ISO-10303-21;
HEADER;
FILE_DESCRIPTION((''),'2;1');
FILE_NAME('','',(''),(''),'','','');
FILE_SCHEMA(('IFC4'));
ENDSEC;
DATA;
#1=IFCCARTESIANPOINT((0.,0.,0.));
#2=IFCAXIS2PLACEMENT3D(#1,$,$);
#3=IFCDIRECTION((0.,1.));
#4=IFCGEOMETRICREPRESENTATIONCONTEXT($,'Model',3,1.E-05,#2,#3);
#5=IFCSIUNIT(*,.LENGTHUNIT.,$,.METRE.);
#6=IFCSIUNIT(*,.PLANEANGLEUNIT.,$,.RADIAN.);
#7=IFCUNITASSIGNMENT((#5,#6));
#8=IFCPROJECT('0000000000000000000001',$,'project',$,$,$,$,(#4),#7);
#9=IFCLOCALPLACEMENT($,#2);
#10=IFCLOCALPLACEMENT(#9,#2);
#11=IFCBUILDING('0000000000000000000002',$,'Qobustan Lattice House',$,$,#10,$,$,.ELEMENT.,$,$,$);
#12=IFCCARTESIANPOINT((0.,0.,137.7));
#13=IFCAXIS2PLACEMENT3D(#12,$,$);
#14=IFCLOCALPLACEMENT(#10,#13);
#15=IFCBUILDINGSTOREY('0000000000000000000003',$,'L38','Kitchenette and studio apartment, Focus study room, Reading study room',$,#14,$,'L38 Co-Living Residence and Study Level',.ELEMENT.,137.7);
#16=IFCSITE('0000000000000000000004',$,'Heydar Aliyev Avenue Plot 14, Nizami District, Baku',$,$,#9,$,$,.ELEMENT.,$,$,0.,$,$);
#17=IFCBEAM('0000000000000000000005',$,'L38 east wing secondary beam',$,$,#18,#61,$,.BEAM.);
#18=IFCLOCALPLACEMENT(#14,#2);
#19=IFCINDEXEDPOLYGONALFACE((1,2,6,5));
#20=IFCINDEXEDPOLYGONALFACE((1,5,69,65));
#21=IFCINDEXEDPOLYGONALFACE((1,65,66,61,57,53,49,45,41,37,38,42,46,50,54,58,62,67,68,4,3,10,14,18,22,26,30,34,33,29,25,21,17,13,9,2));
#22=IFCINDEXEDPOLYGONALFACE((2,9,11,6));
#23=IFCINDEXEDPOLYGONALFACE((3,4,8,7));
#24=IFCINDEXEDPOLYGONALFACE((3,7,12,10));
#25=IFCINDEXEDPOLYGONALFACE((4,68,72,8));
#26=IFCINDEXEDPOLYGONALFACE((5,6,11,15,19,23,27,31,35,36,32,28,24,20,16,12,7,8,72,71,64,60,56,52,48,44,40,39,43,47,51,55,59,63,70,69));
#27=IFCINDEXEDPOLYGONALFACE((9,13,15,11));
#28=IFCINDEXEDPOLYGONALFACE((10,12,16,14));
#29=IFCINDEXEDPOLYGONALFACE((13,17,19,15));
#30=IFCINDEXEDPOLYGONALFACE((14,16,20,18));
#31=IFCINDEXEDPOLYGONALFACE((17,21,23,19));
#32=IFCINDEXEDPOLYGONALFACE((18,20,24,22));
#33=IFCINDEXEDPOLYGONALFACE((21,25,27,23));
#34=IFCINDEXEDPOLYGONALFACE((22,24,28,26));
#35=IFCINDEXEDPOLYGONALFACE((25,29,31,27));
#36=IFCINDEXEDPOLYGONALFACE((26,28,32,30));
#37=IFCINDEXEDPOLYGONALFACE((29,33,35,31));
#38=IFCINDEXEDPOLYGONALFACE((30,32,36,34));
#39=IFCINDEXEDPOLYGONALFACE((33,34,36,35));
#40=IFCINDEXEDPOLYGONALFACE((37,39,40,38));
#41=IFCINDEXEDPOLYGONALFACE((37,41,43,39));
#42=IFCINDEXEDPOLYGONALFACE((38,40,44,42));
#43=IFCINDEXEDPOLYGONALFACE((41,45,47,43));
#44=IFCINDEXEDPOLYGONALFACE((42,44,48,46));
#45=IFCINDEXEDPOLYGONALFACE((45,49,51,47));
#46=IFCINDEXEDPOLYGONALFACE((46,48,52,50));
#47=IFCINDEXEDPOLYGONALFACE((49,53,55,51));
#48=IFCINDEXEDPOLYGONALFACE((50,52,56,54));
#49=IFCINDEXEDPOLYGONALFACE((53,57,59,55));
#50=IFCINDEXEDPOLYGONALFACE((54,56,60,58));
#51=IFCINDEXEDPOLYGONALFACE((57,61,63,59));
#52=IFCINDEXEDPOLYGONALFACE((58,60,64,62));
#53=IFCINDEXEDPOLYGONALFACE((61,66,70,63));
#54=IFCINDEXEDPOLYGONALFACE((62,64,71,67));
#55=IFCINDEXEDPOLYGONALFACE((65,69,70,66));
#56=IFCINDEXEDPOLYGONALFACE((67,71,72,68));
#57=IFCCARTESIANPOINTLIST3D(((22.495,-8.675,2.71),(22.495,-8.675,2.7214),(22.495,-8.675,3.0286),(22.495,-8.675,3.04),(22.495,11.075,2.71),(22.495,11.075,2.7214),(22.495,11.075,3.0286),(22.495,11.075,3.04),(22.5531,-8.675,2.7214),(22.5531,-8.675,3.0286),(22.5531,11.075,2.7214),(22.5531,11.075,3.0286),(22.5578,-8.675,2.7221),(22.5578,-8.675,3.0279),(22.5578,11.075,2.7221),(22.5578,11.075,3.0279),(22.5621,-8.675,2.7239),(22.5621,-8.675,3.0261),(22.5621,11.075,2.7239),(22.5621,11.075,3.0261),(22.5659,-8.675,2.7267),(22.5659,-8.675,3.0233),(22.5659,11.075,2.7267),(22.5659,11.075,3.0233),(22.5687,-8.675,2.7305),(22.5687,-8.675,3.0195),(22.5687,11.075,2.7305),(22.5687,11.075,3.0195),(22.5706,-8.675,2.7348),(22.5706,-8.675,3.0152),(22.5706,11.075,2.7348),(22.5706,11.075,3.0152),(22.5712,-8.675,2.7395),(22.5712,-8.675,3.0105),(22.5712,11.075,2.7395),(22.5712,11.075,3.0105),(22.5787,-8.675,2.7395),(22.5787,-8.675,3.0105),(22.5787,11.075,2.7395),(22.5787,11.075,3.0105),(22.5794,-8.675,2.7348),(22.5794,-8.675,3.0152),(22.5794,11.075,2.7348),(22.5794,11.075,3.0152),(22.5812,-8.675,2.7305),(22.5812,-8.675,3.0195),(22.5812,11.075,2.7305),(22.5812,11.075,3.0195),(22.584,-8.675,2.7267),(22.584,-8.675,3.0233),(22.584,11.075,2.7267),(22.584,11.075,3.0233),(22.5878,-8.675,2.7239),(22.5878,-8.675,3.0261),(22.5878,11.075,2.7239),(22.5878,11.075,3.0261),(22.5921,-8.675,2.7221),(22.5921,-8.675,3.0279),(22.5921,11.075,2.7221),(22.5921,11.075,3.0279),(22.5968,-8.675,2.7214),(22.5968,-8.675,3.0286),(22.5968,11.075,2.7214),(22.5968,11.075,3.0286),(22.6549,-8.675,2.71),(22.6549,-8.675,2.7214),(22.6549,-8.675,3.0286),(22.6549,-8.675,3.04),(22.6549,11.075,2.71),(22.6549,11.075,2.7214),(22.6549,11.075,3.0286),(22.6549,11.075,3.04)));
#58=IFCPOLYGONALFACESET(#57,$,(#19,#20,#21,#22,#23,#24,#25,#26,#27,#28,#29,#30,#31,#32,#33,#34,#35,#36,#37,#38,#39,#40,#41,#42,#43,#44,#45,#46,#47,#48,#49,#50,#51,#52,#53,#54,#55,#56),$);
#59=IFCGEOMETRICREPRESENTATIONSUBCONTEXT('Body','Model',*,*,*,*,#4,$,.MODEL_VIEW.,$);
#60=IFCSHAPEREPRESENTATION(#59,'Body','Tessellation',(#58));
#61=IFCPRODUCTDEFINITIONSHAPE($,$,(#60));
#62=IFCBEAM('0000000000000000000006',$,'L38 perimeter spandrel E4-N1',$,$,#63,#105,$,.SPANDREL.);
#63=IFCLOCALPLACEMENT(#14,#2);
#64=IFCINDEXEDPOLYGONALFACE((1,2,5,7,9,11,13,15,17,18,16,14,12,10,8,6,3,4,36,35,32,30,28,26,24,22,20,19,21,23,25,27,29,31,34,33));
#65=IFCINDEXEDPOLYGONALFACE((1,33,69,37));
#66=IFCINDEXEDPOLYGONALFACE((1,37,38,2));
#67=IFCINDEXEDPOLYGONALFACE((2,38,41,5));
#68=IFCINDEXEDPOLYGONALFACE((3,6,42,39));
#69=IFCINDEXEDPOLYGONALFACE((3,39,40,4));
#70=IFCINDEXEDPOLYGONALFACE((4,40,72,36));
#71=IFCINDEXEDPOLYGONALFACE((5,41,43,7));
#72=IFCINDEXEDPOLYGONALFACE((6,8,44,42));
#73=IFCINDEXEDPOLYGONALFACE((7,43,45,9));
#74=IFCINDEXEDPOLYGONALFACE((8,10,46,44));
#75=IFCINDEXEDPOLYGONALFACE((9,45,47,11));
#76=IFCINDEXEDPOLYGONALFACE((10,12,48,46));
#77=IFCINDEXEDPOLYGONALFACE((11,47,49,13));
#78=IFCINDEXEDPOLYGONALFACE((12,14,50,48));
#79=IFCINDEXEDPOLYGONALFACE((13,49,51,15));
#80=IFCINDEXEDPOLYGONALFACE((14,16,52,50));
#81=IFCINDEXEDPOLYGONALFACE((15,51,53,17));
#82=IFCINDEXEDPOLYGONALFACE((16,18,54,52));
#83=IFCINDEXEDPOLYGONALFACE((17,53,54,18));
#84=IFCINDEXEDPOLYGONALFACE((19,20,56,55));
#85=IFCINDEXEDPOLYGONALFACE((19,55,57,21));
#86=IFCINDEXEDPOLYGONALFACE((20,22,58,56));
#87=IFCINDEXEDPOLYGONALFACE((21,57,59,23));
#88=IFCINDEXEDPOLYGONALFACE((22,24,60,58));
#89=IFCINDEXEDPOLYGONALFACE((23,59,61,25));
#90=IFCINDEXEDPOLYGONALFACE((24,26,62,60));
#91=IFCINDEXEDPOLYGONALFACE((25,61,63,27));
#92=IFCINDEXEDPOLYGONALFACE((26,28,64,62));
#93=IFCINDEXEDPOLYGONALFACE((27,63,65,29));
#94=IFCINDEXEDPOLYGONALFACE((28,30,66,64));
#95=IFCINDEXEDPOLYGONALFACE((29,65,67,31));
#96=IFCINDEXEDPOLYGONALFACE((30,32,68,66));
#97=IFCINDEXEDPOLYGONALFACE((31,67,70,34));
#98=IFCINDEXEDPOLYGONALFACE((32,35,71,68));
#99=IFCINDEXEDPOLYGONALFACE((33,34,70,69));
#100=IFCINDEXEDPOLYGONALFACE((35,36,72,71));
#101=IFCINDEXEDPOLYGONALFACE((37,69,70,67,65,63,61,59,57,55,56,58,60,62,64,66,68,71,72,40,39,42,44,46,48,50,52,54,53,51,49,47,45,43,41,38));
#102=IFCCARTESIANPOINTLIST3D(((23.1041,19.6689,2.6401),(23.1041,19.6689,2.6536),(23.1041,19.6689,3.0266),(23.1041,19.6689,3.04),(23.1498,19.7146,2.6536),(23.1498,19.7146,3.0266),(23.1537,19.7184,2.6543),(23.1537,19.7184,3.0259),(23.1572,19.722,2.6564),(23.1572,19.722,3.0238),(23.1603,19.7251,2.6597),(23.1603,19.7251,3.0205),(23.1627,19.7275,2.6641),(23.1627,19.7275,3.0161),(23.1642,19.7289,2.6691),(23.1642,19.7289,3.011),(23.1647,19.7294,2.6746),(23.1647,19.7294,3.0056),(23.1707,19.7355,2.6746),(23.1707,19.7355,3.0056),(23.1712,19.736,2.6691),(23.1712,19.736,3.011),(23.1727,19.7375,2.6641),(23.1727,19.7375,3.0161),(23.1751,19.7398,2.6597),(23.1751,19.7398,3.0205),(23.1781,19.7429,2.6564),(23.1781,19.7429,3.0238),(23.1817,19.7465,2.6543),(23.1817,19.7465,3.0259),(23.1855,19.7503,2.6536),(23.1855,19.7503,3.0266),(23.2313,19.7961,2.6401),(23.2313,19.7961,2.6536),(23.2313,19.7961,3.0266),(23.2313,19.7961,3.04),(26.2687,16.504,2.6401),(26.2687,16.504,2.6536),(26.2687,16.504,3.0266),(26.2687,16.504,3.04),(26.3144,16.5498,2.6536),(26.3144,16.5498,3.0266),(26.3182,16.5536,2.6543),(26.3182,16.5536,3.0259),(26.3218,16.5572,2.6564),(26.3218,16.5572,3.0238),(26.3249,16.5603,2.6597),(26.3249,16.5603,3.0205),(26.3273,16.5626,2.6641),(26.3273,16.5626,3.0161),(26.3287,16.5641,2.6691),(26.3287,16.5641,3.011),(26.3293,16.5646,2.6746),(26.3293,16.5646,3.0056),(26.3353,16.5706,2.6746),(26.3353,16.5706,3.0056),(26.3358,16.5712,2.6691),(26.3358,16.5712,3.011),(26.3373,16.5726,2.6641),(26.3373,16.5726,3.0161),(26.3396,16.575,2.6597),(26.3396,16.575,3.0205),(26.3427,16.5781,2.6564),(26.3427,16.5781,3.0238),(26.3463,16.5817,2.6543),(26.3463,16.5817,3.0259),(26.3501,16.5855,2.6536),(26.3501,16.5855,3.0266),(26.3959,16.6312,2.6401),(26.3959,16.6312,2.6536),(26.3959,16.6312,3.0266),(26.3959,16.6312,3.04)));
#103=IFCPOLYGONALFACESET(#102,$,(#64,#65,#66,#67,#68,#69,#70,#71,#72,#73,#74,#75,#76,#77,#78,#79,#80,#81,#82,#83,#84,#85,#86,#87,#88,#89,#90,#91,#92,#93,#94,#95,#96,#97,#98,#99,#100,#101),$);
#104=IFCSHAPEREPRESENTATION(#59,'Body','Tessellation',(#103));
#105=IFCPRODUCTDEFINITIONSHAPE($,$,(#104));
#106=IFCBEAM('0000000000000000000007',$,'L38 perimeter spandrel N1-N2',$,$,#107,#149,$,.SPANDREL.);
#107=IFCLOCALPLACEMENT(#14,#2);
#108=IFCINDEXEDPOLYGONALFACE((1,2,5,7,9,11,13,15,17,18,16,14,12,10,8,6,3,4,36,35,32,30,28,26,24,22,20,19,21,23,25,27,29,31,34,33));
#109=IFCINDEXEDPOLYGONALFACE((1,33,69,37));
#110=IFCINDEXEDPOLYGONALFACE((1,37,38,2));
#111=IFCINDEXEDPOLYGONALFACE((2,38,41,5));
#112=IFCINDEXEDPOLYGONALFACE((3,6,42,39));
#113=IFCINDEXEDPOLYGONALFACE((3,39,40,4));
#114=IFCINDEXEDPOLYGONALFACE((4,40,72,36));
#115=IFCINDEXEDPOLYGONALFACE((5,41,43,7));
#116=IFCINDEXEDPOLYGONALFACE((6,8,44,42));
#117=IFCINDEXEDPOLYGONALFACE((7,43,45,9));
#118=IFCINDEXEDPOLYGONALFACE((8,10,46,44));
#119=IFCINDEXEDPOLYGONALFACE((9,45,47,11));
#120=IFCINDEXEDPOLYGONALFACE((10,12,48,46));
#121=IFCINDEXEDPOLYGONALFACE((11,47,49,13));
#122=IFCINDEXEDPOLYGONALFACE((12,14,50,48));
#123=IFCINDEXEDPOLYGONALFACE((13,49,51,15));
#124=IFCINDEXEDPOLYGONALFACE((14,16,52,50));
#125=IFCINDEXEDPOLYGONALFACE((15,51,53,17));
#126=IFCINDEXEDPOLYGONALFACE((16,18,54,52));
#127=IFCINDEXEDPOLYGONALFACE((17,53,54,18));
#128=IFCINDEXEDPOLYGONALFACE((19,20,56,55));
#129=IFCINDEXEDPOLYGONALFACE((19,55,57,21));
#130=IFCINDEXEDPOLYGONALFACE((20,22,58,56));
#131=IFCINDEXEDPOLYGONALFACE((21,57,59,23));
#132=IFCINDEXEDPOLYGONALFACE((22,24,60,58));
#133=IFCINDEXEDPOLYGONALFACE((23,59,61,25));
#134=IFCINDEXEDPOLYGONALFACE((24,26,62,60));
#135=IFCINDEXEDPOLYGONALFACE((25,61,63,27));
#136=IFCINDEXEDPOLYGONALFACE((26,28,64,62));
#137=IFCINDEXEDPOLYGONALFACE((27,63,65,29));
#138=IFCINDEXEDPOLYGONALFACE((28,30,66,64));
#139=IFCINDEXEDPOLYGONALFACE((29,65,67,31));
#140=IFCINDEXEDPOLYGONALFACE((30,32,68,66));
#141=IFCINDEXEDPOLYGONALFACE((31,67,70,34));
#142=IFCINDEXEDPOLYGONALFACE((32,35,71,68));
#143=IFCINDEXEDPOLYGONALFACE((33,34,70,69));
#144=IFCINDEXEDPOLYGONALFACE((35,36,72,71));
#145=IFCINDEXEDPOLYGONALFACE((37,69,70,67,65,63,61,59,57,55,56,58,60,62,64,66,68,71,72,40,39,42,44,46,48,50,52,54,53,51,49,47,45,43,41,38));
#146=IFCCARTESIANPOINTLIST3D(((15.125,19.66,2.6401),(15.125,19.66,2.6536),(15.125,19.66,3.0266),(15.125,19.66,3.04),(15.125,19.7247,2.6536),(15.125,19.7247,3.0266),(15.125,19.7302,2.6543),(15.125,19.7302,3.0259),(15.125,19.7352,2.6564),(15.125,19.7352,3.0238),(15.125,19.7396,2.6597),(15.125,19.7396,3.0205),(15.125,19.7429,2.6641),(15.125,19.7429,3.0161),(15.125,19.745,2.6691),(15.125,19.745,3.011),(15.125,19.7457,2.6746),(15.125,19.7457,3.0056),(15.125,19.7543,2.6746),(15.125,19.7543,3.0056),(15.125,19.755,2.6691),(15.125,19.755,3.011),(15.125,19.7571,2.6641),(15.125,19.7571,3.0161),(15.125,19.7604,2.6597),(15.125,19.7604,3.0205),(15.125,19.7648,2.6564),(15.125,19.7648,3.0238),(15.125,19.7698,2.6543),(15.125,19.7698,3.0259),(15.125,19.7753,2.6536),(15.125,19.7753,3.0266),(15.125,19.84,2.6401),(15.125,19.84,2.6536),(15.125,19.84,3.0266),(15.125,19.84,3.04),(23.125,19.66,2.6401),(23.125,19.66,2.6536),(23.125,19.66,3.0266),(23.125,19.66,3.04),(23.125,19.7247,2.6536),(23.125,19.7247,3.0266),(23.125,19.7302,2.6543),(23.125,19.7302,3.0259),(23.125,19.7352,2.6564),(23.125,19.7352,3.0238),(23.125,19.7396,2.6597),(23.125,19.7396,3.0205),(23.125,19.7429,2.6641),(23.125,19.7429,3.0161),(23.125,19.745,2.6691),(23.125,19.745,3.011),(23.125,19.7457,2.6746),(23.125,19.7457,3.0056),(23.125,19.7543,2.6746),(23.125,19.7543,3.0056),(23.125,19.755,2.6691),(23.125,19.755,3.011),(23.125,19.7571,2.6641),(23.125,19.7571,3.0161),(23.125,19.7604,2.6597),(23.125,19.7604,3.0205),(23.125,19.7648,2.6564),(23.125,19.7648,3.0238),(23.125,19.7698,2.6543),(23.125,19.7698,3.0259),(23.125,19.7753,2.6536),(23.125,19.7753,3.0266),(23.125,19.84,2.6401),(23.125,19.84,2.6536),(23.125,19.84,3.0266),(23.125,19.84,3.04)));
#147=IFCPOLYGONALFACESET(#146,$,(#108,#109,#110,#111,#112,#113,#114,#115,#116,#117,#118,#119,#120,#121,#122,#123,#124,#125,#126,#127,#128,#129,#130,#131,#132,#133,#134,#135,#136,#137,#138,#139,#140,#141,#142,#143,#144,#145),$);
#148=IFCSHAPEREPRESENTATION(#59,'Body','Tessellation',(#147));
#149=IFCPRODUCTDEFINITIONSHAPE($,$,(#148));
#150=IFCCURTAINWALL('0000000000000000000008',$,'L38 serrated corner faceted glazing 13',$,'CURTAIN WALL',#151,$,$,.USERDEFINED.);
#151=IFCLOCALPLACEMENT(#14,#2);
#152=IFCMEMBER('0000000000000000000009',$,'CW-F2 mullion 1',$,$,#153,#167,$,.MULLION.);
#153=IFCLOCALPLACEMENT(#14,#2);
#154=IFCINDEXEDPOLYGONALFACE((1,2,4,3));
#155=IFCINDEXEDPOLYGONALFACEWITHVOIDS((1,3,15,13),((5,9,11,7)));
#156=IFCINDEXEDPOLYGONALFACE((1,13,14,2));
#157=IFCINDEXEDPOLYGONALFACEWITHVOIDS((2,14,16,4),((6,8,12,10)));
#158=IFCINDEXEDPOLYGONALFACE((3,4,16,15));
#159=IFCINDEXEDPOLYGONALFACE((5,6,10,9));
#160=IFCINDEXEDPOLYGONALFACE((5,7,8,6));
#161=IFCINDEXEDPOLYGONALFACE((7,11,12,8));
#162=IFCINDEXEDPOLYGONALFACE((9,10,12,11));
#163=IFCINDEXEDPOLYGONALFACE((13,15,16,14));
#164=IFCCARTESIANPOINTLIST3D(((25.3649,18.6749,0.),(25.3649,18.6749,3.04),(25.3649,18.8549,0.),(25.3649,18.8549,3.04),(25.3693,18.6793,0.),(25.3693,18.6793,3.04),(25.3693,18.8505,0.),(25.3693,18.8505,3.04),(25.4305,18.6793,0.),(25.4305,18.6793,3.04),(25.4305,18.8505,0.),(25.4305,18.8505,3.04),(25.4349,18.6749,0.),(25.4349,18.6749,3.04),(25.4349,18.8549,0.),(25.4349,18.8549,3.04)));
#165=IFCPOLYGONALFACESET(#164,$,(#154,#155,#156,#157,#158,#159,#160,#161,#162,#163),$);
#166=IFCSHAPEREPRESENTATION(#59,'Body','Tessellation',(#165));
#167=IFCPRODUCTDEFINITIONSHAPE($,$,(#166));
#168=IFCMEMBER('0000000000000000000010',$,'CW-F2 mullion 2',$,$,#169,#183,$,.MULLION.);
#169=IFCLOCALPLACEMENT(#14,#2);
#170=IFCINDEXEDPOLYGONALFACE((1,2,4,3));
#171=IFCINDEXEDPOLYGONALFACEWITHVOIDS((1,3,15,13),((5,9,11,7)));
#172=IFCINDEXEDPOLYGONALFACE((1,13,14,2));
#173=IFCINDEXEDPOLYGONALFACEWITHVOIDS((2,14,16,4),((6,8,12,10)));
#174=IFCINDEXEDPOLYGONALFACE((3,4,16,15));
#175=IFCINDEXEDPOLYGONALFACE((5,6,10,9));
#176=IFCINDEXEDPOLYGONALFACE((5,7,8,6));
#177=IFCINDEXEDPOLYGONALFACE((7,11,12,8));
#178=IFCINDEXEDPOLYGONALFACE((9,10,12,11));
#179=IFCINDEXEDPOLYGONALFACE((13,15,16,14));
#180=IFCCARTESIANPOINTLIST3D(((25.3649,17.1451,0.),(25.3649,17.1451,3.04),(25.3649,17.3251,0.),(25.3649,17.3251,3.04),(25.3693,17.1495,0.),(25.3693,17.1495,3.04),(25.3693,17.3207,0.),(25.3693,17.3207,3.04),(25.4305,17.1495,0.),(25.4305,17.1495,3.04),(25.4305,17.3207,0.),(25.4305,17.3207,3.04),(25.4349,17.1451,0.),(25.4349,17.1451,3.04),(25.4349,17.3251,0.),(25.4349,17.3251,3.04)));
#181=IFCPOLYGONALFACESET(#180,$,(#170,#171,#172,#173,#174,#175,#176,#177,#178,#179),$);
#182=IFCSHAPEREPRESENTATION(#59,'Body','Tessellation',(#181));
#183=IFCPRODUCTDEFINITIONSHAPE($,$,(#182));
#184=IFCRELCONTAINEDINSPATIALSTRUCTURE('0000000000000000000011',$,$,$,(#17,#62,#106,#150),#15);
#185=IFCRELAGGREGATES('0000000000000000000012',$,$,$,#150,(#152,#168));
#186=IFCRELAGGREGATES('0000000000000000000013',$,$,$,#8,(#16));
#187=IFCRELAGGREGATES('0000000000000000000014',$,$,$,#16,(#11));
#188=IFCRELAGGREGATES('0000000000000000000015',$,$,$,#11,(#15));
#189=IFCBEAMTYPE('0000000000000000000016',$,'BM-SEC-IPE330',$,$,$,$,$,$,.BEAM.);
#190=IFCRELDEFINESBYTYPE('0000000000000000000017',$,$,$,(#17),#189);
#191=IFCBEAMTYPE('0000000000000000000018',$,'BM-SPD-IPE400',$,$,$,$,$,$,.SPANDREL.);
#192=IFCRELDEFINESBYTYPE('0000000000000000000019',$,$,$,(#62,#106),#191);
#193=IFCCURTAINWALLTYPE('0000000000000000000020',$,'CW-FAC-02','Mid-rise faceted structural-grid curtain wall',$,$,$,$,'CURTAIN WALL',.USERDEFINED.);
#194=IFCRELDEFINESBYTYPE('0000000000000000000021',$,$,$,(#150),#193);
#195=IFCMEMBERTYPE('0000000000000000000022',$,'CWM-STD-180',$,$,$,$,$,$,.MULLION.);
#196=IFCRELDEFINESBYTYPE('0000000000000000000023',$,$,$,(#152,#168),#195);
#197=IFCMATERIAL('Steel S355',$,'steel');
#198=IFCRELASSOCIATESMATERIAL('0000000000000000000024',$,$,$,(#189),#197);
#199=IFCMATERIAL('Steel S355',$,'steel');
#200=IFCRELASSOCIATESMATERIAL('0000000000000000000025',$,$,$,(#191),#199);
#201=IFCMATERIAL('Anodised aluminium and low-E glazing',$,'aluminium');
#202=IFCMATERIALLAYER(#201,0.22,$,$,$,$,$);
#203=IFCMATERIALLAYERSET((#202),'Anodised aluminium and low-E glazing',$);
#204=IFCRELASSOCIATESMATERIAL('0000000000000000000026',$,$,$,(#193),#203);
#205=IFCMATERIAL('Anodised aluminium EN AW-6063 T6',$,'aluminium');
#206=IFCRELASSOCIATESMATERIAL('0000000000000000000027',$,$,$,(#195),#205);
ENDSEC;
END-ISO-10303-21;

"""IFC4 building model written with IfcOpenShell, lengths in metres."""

from ifc_helpers import new_model, si_unit, direction, frame, origin, origin_2d, place, context, subcontext, project, spatial, hollow_rectangle, i_section, extrude, material, layer, layer_set, material_profile, profile_set, type_object, element, aggregate, save


model = new_model("IFC4")

# Units and contexts
model_context = context("Model", 3, precision=1e-05, world=origin(), true_north=direction((0.0, 1.0)))
body_context = subcontext(model_context, "Body", "Model", "MODEL_VIEW")
ifc_project = project(units=[si_unit("LENGTHUNIT", "METRE"), si_unit("PLANEANGLEUNIT", "RADIAN")], contexts=[model_context])

# Site, building, storey
site_placement = place(None, origin())
site = spatial("IfcSite", under=ifc_project, at=site_placement, Name="Heydar Aliyev Avenue Plot 14, Nizami District, Baku", CompositionType="ELEMENT", RefElevation=0.0)
building_placement = place(site_placement, origin())
building = spatial("IfcBuilding", under=site, at=building_placement, Name="Qobustan Lattice House", CompositionType="ELEMENT")
storey_placement = place(building_placement, frame((0.0, 0.0, 137.7)))
storey = spatial("IfcBuildingStorey", under=building, at=storey_placement, Name="L38", Description="Kitchenette and studio apartment, Focus study room, Reading study room", LongName="L38 Co-Living Residence and Study Level", CompositionType="ELEMENT", Elevation=137.7)

# Beams
ifc_material_1 = material(Name="Steel S355", Category="steel")
ifc_material_profile_1 = material_profile(ifc_material_1, i_section(OverallWidth=0.1599, OverallDepth=0.3301, WebThickness=0.0076, FlangeThickness=0.0115, FilletRadius=0.0181, at=origin_2d()), Name="IPE330")
ifc_profile_set_1 = profile_set([ifc_material_profile_1], Name="Steel S355")
beam_type_1 = type_object("IfcBeamType", Name="BM-SEC-IPE330", PredefinedType="BEAM", material=ifc_profile_set_1)
beam_1_placement = place(storey_placement, frame((22.575, 11.075, 2.875), z_axis=(0.0, -1.0, 0.0), x_axis=(1.0, 0.0, 0.0)))
element("IfcBeam", 1, at=beam_1_placement, inside=storey, type_object=beam_type_1, Name="L38 east wing secondary beam", PredefinedType="BEAM", context=body_context, shape_type="SweptSolid", body=[
    extrude(i_section(OverallWidth=0.1599, OverallDepth=0.3301, WebThickness=0.0076, FlangeThickness=0.0115, FilletRadius=0.0181, at=origin_2d()), origin(), (0.0, 0.0, 1.0), 19.75),
])
ifc_material_2 = material(Name="Steel S355", Category="steel")
ifc_material_profile_2 = material_profile(ifc_material_2, i_section(OverallWidth=0.1799, OverallDepth=0.3999, WebThickness=0.0085, FlangeThickness=0.0134, FilletRadius=0.021, at=origin_2d()), Name="IPE400")
ifc_profile_set_2 = profile_set([ifc_material_profile_2], Name="Steel S355")
beam_type_2 = type_object("IfcBeamType", Name="BM-SPD-IPE400", PredefinedType="SPANDREL", material=ifc_profile_set_2)
beam_2_placement = place(storey_placement, frame((26.3323, 16.5676, 2.8401), z_axis=(-0.70708, 0.707134, 0.0), x_axis=(-0.707134, -0.70708, 0.0)))
element("IfcBeam", 2, at=beam_2_placement, inside=storey, type_object=beam_type_2, Name="L38 perimeter spandrel E4-N1", PredefinedType="SPANDREL", context=body_context, shape_type="SweptSolid", body=[
    extrude(i_section(OverallWidth=0.1799, OverallDepth=0.3999, WebThickness=0.0085, FlangeThickness=0.0134, FilletRadius=0.021, at=origin_2d()), origin(), (0.0, 0.0, 1.0), 4.4756),
])
beam_3_placement = place(storey_placement, frame((23.125, 19.75, 2.8401), z_axis=(-1.0, 0.0, 0.0), x_axis=(0.0, -1.0, 0.0)))
element("IfcBeam", 3, at=beam_3_placement, inside=storey, type_object=beam_type_2, Name="L38 perimeter spandrel N1-N2", PredefinedType="SPANDREL", context=body_context, shape_type="SweptSolid", body=[
    extrude(i_section(OverallWidth=0.1799, OverallDepth=0.3999, WebThickness=0.0085, FlangeThickness=0.0134, FilletRadius=0.021, at=origin_2d()), origin(), (0.0, 0.0, 1.0), 8.0),
])

# Curtain wall, members
ifc_material_3 = material(Name="Anodised aluminium and low-E glazing", Category="aluminium")
ifc_layer_1 = layer(ifc_material_3, 0.22)
ifc_layer_set_1 = layer_set([ifc_layer_1], Name="Anodised aluminium and low-E glazing")
curtain_wall_type = type_object("IfcCurtainWallType", Name="CW-FAC-02", Description="Mid-rise faceted structural-grid curtain wall", ElementType="CURTAIN WALL", PredefinedType="USERDEFINED", material=ifc_layer_set_1)
curtain_wall_placement = place(storey_placement, origin())
curtain_wall = element("IfcCurtainWall", 4, at=curtain_wall_placement, inside=storey, type_object=curtain_wall_type, Name="L38 serrated corner faceted glazing 13", ObjectType="CURTAIN WALL", PredefinedType="USERDEFINED")
ifc_material_4 = material(Name="Anodised aluminium EN AW-6063 T6", Category="aluminium")
ifc_material_profile_3 = material_profile(ifc_material_4, hollow_rectangle(XDim=0.0701, YDim=0.1799, WallThickness=0.0044, at=origin_2d()), Name="CWM-180x70")
ifc_profile_set_3 = profile_set([ifc_material_profile_3], Name="Anodised aluminium EN AW-6063 T6")
member_type_1 = type_object("IfcMemberType", Name="CWM-STD-180", PredefinedType="MULLION", material=ifc_profile_set_3)
member_1_placement = place(storey_placement, frame((25.3999, 18.7649, 0.0), z_axis=(0.0, 0.0, 1.0), x_axis=(1.0, 0.0, 0.0)))
member_1 = element("IfcMember", 5, at=member_1_placement, type_object=member_type_1, Name="CW-F2 mullion 1", PredefinedType="MULLION", context=body_context, shape_type="SweptSolid", body=[
    extrude(hollow_rectangle(XDim=0.0701, YDim=0.1799, WallThickness=0.0044, at=origin_2d()), origin(), (0.0, 0.0, 1.0), 3.04),
])
member_2_placement = place(storey_placement, frame((25.3999, 17.2351, 0.0), z_axis=(0.0, 0.0, 1.0), x_axis=(1.0, 0.0, 0.0)))
member_2 = element("IfcMember", 6, at=member_2_placement, type_object=member_type_1, Name="CW-F2 mullion 2", PredefinedType="MULLION", context=body_context, shape_type="SweptSolid", body=[
    extrude(hollow_rectangle(XDim=0.0701, YDim=0.1799, WallThickness=0.0044, at=origin_2d()), origin(), (0.0, 0.0, 1.0), 3.04),
])
aggregate(curtain_wall, [member_1, member_2])

save(model, "model.ifc")
